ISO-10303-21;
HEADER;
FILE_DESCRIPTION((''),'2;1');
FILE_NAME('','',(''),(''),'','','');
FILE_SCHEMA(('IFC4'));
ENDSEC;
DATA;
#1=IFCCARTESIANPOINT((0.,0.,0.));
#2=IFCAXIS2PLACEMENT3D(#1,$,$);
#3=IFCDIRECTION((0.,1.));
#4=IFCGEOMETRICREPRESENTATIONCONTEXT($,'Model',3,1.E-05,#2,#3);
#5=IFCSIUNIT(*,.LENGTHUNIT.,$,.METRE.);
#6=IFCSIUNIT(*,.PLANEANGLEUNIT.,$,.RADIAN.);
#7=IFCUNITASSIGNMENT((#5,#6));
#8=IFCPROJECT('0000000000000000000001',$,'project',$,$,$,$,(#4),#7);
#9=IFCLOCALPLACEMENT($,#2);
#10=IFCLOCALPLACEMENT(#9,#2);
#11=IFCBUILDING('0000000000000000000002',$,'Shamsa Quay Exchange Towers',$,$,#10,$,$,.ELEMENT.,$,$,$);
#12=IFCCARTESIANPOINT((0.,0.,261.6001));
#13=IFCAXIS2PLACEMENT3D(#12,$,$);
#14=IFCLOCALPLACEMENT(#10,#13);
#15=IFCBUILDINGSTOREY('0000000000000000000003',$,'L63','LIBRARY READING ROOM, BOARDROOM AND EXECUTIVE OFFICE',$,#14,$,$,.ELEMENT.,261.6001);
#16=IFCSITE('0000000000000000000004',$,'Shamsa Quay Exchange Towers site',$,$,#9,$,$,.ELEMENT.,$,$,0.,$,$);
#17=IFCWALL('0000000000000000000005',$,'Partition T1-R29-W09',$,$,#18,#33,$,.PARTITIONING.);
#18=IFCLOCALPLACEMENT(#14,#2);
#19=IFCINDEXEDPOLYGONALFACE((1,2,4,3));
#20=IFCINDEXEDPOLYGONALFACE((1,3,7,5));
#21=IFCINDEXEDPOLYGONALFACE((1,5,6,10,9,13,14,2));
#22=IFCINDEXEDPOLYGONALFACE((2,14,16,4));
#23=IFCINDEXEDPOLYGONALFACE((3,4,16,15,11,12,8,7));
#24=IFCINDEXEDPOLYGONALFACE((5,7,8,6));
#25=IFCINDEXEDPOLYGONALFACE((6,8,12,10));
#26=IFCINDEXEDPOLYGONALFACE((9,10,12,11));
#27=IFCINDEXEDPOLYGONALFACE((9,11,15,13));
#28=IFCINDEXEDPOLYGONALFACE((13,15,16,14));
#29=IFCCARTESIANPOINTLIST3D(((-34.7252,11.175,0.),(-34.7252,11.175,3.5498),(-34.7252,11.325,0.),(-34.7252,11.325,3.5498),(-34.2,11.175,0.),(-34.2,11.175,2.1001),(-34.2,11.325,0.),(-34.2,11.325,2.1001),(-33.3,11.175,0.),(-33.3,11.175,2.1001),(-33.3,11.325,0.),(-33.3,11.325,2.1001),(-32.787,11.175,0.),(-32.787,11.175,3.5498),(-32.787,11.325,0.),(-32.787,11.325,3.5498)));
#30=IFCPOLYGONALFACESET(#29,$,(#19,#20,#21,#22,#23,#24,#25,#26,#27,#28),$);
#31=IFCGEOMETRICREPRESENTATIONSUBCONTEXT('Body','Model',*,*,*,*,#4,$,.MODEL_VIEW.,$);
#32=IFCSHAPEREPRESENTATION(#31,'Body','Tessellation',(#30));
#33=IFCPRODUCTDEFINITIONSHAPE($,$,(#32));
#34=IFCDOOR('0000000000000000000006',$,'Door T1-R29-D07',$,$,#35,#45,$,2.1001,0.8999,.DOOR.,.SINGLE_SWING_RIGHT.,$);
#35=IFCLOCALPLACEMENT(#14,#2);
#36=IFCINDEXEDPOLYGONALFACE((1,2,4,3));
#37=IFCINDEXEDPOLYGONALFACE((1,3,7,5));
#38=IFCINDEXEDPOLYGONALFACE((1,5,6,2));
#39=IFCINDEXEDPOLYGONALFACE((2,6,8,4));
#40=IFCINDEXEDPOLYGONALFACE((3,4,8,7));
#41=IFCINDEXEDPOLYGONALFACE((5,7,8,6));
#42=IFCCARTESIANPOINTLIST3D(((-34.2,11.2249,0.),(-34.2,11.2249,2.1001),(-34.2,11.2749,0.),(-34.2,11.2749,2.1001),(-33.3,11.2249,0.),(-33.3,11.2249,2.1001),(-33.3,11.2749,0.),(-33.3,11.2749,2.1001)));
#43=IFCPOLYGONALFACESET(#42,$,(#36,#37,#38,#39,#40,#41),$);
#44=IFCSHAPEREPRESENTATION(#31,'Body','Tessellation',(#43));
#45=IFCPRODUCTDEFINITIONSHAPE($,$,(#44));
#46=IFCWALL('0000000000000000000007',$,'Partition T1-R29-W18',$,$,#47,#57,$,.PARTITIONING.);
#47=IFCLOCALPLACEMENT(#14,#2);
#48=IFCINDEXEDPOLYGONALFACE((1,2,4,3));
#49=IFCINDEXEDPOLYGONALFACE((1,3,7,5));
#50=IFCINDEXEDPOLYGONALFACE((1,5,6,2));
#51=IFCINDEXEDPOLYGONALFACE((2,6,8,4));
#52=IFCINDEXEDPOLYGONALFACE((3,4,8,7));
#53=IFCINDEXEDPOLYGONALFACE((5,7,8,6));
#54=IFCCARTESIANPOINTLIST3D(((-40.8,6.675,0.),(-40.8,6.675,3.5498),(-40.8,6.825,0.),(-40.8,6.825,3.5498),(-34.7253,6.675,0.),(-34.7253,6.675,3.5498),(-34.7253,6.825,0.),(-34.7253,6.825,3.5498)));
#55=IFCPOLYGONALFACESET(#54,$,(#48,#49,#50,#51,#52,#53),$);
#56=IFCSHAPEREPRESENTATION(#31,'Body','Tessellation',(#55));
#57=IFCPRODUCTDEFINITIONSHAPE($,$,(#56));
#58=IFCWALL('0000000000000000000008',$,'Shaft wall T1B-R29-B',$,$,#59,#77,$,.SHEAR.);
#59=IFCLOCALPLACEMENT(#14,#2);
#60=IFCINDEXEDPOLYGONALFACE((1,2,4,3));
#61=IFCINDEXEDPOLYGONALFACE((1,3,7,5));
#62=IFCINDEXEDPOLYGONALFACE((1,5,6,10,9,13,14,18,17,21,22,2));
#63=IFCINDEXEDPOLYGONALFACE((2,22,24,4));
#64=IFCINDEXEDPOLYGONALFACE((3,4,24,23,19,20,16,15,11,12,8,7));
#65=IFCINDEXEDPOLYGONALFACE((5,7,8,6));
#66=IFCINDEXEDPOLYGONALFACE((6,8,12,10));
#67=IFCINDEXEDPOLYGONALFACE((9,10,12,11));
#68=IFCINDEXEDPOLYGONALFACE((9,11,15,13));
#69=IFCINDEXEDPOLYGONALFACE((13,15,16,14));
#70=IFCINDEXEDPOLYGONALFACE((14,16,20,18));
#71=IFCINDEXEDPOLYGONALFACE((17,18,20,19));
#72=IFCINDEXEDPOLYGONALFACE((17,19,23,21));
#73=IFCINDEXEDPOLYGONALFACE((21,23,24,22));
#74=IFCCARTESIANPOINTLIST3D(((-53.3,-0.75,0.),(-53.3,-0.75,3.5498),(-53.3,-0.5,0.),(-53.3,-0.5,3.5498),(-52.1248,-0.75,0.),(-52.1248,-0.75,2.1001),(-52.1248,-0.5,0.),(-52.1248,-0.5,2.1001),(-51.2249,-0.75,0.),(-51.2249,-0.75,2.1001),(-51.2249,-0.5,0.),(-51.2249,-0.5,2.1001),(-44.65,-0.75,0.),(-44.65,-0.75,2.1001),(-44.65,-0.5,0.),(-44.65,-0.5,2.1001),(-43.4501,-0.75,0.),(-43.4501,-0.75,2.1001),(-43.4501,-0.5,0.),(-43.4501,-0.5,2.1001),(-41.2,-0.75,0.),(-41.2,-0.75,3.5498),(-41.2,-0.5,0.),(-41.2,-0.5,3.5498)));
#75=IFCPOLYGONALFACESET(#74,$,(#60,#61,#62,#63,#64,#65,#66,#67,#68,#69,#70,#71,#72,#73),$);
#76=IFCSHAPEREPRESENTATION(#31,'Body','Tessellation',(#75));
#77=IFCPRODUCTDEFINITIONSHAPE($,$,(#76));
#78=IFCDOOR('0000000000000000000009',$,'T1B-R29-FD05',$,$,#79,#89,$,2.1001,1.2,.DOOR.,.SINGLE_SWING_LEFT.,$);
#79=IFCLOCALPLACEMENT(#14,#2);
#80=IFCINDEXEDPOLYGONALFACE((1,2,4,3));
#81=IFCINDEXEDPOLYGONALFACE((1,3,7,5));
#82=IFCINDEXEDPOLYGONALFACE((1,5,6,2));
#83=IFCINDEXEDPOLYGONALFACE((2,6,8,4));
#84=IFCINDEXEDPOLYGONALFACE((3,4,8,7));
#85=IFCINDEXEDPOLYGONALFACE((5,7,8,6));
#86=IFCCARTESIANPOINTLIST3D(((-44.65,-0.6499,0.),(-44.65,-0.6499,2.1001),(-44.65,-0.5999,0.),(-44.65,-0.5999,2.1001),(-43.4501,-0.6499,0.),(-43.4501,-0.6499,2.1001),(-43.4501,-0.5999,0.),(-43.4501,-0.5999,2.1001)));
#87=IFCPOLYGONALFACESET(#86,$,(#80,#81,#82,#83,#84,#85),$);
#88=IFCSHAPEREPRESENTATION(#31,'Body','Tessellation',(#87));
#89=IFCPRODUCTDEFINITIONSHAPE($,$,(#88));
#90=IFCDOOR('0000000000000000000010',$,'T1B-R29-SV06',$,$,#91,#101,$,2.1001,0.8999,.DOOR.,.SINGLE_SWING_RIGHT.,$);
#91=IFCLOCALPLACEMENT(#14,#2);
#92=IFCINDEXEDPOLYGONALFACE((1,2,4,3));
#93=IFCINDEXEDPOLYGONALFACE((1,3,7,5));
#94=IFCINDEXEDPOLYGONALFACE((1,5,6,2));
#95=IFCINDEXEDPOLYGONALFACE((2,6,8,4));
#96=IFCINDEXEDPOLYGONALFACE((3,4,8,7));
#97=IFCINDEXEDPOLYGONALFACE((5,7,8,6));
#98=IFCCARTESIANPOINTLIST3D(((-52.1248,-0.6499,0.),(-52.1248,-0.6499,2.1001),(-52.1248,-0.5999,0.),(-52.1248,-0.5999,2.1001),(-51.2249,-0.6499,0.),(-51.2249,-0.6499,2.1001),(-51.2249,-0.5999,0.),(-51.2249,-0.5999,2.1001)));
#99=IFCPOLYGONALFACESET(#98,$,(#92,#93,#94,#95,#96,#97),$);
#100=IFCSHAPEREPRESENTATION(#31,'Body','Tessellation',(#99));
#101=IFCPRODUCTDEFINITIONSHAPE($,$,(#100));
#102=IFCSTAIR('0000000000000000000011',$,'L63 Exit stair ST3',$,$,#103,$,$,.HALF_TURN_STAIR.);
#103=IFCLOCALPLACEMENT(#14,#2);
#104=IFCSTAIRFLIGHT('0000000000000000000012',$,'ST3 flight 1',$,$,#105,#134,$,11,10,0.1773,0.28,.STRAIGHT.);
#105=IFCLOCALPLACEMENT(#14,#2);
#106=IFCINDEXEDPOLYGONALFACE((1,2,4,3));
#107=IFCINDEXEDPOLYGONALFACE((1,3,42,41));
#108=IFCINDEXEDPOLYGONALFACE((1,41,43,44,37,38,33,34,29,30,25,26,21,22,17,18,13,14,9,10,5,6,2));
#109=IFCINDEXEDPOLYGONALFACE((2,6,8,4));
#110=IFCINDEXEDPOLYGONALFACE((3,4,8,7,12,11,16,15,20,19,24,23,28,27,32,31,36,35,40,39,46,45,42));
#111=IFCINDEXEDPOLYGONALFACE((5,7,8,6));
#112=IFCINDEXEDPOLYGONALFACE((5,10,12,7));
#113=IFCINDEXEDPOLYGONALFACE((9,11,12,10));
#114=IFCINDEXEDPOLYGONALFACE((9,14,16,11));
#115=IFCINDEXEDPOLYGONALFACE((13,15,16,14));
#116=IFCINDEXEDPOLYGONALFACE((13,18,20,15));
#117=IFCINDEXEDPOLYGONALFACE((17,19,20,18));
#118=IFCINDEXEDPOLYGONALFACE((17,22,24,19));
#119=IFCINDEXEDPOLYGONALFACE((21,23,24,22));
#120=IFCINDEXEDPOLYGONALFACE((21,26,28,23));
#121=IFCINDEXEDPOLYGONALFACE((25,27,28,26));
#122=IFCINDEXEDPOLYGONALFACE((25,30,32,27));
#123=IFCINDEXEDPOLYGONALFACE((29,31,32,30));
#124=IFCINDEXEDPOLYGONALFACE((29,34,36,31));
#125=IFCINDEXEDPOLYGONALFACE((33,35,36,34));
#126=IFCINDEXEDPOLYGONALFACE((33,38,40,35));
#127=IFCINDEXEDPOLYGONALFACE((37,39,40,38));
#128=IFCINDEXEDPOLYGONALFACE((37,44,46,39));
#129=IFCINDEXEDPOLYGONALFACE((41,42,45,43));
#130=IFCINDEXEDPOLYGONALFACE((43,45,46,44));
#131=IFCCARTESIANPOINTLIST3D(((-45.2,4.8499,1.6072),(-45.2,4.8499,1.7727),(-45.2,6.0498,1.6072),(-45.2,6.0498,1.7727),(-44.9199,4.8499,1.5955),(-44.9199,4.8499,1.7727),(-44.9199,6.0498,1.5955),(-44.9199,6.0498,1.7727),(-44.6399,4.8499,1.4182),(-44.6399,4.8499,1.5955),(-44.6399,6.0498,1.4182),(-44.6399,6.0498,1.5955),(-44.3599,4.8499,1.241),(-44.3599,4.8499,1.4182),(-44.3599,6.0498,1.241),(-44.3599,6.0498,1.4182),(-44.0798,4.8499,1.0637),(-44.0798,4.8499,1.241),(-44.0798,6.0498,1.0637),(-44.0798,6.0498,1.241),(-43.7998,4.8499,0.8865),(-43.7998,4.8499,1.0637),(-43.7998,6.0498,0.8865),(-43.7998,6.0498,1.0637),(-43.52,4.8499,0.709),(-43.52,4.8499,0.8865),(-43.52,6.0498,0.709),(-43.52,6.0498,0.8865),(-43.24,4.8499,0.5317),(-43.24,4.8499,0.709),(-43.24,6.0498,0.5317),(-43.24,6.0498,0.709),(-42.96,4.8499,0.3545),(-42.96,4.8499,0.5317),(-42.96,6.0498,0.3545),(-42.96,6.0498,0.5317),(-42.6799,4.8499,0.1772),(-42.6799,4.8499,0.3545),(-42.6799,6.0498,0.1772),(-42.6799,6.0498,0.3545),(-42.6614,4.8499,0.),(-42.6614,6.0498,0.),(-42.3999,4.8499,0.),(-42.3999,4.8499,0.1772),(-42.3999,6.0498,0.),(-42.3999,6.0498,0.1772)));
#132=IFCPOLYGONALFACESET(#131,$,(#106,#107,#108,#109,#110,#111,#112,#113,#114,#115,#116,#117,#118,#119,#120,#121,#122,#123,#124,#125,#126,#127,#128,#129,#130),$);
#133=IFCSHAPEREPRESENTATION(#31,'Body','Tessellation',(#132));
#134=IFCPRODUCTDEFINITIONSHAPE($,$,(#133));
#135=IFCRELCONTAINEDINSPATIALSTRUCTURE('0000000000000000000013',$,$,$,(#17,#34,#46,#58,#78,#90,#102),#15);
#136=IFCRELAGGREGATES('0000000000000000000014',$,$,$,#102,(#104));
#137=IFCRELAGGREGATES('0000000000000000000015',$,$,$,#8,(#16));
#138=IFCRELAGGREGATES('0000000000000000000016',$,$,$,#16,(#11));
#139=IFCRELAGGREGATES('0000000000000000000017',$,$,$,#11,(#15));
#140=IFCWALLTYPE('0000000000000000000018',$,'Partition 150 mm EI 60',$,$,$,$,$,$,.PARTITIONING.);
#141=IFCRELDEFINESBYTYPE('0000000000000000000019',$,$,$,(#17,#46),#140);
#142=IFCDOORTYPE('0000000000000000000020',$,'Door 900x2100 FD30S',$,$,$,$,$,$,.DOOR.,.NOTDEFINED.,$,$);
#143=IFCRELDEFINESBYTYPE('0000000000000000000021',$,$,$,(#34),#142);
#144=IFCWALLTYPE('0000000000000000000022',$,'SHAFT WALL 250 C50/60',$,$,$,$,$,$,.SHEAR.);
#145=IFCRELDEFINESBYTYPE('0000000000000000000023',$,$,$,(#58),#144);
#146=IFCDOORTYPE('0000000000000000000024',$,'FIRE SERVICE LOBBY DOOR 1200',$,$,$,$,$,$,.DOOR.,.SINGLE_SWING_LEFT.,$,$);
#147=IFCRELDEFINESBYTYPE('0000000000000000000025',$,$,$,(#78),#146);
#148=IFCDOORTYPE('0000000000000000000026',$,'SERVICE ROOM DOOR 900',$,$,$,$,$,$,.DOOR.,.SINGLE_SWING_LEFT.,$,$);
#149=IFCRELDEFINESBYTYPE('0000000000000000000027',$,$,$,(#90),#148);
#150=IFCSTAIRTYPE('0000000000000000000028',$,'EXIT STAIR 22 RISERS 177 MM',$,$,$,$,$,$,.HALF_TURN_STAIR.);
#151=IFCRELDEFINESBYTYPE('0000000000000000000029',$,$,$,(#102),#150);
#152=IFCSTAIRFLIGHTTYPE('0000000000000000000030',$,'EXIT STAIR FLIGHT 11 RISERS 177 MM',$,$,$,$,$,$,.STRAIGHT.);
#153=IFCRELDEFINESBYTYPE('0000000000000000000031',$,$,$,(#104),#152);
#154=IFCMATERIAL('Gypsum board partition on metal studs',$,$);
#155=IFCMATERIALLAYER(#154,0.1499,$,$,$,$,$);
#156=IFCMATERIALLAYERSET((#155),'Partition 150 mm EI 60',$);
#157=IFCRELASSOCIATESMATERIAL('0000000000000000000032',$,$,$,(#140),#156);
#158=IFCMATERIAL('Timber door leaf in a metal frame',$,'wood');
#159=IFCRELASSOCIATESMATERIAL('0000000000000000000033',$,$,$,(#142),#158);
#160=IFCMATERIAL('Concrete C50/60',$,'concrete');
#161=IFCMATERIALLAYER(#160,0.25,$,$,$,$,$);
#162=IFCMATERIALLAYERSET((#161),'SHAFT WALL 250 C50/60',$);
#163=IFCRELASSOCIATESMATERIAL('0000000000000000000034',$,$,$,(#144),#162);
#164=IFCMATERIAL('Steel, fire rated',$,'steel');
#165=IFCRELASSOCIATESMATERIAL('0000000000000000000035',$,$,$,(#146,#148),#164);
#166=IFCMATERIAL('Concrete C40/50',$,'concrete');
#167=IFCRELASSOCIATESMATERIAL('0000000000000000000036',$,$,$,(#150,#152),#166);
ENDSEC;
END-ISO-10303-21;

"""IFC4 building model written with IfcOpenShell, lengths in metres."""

from ifc_helpers import new_model, si_unit, direction, frame, frame_2d, origin, place, context, subcontext, project, spatial, polyline, rectangle, outline, extrude, material, layer, layer_set, type_object, element, fill, aggregate, save


model = new_model("IFC4")

# Units and contexts
model_context = context("Model", 3, precision=1e-05, world=origin(), true_north=direction((0.0, 1.0)))
body_context = subcontext(model_context, "Body", "Model", "MODEL_VIEW")
ifc_project = project(units=[si_unit("LENGTHUNIT", "METRE"), si_unit("PLANEANGLEUNIT", "RADIAN")], contexts=[model_context])

# Site, building, storey
site_placement = place(None, origin())
site = spatial("IfcSite", under=ifc_project, at=site_placement, Name="Shamsa Quay Exchange Towers site", CompositionType="ELEMENT", RefElevation=0.0)
building_placement = place(site_placement, origin())
building = spatial("IfcBuilding", under=site, at=building_placement, Name="Shamsa Quay Exchange Towers", CompositionType="ELEMENT")
storey_placement = place(building_placement, frame((0.0, 0.0, 261.6001)))
storey = spatial("IfcBuildingStorey", under=building, at=storey_placement, Name="L63", Description="LIBRARY READING ROOM, BOARDROOM AND EXECUTIVE OFFICE", CompositionType="ELEMENT", Elevation=261.6001)

# Wall, opening, door
ifc_material_1 = material(Name="Gypsum board partition on metal studs")
ifc_layer_1 = layer(ifc_material_1, 0.1499)
ifc_layer_set_1 = layer_set([ifc_layer_1], Name="Partition 150 mm EI 60")
wall_type_1 = type_object("IfcWallType", Name="Partition 150 mm EI 60", PredefinedType="PARTITIONING", material=ifc_layer_set_1)
ifc_material_2 = material(Name="Timber door leaf in a metal frame", Category="wood")
door_type_1 = type_object("IfcDoorType", Name="Door 900x2100 FD30S", OperationType="NOTDEFINED", PredefinedType="DOOR", material=ifc_material_2)
wall_1_placement = place(storey_placement, frame((-34.7253, 11.25, 0.0)))
wall_1 = element("IfcWall", 1, at=wall_1_placement, inside=storey, type_object=wall_type_1, Name="Partition T1-R29-W09", PredefinedType="PARTITIONING", context=body_context, shape_type="SweptSolid", body=[
    extrude(rectangle(XDim=1.9382, YDim=0.1499, at=frame_2d((0.9692, 0.0))), origin(), (0.0, 0.0, 1.0), 3.5498),
])
opening_1_placement = place(wall_1_placement, frame((0.5254, 0.0, 0.0)))
opening_1 = element("IfcOpeningElement", 2, at=opening_1_placement, cuts=wall_1, PredefinedType="OPENING", context=body_context, shape_type="SweptSolid", body=[
    extrude(rectangle(XDim=0.8999, YDim=2.1001, at=frame_2d((0.45, 1.05))), frame((0.0, 0.085, 0.0), z_axis=(0.0, -1.0, 0.0), x_axis=(1.0, 0.0, 0.0)), (0.0, 0.0, 1.0), 0.1699),
])
door_1_placement = place(opening_1_placement, origin())
door_1 = element("IfcDoor", 3, at=door_1_placement, inside=storey, type_object=door_type_1, Name="Door T1-R29-D07", OperationType="SINGLE_SWING_RIGHT", OverallHeight=2.1001, OverallWidth=0.8999, PredefinedType="DOOR", context=body_context, shape_type="SweptSolid", body=[
    extrude(rectangle(XDim=0.8999, YDim=2.1001, at=frame_2d((0.45, 1.05))), frame((0.0, 0.0249, 0.0), z_axis=(0.0, -1.0, 0.0), x_axis=(1.0, 0.0, 0.0)), (0.0, 0.0, 1.0), 0.05),
])
fill(opening_1, door_1)

# Wall
wall_2_placement = place(storey_placement, frame((-34.7253, 6.75, 0.0), z_axis=(0.0, 0.0, 1.0), x_axis=(-1.0, 0.0, 0.0)))
element("IfcWall", 4, at=wall_2_placement, inside=storey, type_object=wall_type_1, Name="Partition T1-R29-W18", PredefinedType="PARTITIONING", context=body_context, shape_type="SweptSolid", body=[
    extrude(rectangle(XDim=6.0747, YDim=0.1499, at=frame_2d((3.0374, 0.0))), origin(), (0.0, 0.0, 1.0), 3.5498),
])

# Wall, openings, doors
ifc_material_3 = material(Name="Concrete C50/60", Category="concrete")
ifc_layer_2 = layer(ifc_material_3, 0.25)
ifc_layer_set_2 = layer_set([ifc_layer_2], Name="SHAFT WALL 250 C50/60")
wall_type_2 = type_object("IfcWallType", Name="SHAFT WALL 250 C50/60", PredefinedType="SHEAR", material=ifc_layer_set_2)
wall_3_placement = place(storey_placement, frame((-41.2, -0.625, 0.0), z_axis=(0.0, 0.0, 1.0), x_axis=(-1.0, 0.0, 0.0)))
wall_3 = element("IfcWall", 5, at=wall_3_placement, inside=storey, type_object=wall_type_2, Name="Shaft wall T1B-R29-B", PredefinedType="SHEAR", context=body_context, shape_type="SweptSolid", body=[
    extrude(rectangle(XDim=12.1001, YDim=0.25, at=frame_2d((6.05, 0.0))), origin(), (0.0, 0.0, 1.0), 3.5498),
])
opening_2_placement = place(wall_3_placement, frame((2.25, 0.0, 0.0)))
opening_2 = element("IfcOpeningElement", 6, at=opening_2_placement, cuts=wall_3, PredefinedType="OPENING", context=body_context, shape_type="SweptSolid", body=[
    extrude(rectangle(XDim=1.2, YDim=2.1001, at=frame_2d((0.6001, 1.05))), frame((0.0, 0.135, 0.0), z_axis=(0.0, -1.0, 0.0), x_axis=(1.0, 0.0, 0.0)), (0.0, 0.0, 1.0), 0.27),
])
opening_3_placement = place(wall_3_placement, frame((10.0249, 0.0, 0.0)))
opening_3 = element("IfcOpeningElement", 7, at=opening_3_placement, cuts=wall_3, PredefinedType="OPENING", context=body_context, shape_type="SweptSolid", body=[
    extrude(rectangle(XDim=0.8999, YDim=2.1001, at=frame_2d((0.45, 1.05))), frame((0.0, 0.135, 0.0), z_axis=(0.0, -1.0, 0.0), x_axis=(1.0, 0.0, 0.0)), (0.0, 0.0, 1.0), 0.27),
])
ifc_material_4 = material(Name="Steel, fire rated", Category="steel")
door_type_2 = type_object("IfcDoorType", Name="FIRE SERVICE LOBBY DOOR 1200", OperationType="SINGLE_SWING_LEFT", PredefinedType="DOOR", material=ifc_material_4)
door_2_placement = place(opening_2_placement, origin())
door_2 = element("IfcDoor", 8, at=door_2_placement, inside=storey, type_object=door_type_2, Name="T1B-R29-FD05", OperationType="SINGLE_SWING_LEFT", OverallHeight=2.1001, OverallWidth=1.2, PredefinedType="DOOR", context=body_context, shape_type="SweptSolid", body=[
    extrude(rectangle(XDim=1.2, YDim=2.1001, at=frame_2d((0.6001, 1.05))), frame((0.0, 0.0249, 0.0), z_axis=(0.0, -1.0, 0.0), x_axis=(1.0, 0.0, 0.0)), (0.0, 0.0, 1.0), 0.05),
])
fill(opening_2, door_2)
door_type_3 = type_object("IfcDoorType", Name="SERVICE ROOM DOOR 900", OperationType="SINGLE_SWING_LEFT", PredefinedType="DOOR", material=ifc_material_4)
door_3_placement = place(opening_3_placement, origin())
door_3 = element("IfcDoor", 9, at=door_3_placement, inside=storey, type_object=door_type_3, Name="T1B-R29-SV06", OperationType="SINGLE_SWING_RIGHT", OverallHeight=2.1001, OverallWidth=0.8999, PredefinedType="DOOR", context=body_context, shape_type="SweptSolid", body=[
    extrude(rectangle(XDim=0.8999, YDim=2.1001, at=frame_2d((0.45, 1.05))), frame((0.0, 0.0249, 0.0), z_axis=(0.0, -1.0, 0.0), x_axis=(1.0, 0.0, 0.0)), (0.0, 0.0, 1.0), 0.05),
])
fill(opening_3, door_3)

# Stair, stair flight
ifc_material_5 = material(Name="Concrete C40/50", Category="concrete")
stair_type = type_object("IfcStairType", Name="EXIT STAIR 22 RISERS 177 MM", PredefinedType="HALF_TURN_STAIR", material=ifc_material_5)
stair_placement = place(storey_placement, origin())
stair = element("IfcStair", 10, at=stair_placement, inside=storey, type_object=stair_type, Name="L63 Exit stair ST3", PredefinedType="HALF_TURN_STAIR")
stair_flight_type = type_object("IfcStairFlightType", Name="EXIT STAIR FLIGHT 11 RISERS 177 MM", PredefinedType="STRAIGHT", material=ifc_material_5)
stair_flight_placement = place(storey_placement, frame((-42.3999, 5.45, 0.0), z_axis=(0.0, 0.0, 1.0), x_axis=(-1.0, 0.0, 0.0)))
stair_flight = element("IfcStairFlight", 11, at=stair_flight_placement, type_object=stair_flight_type, Name="ST3 flight 1", NumberOfRisers=11, NumberOfTreads=10, PredefinedType="STRAIGHT", RiserHeight=0.1773, TreadLength=0.28, context=body_context, shape_type="SweptSolid", body=[
    extrude(outline(polyline([(0.0, 0.0), (0.0, 0.1772), (0.28, 0.1772), (0.28, 0.3545), (0.5601, 0.3545), (0.5601, 0.5317), (0.8401, 0.5317), (0.8401, 0.709), (1.1201, 0.709), (1.1201, 0.8865), (1.3999, 0.8865), (1.3999, 1.0637), (1.6799, 1.0637), (1.6799, 1.241), (1.96, 1.241), (1.96, 1.4182), (2.24, 1.4182), (2.24, 1.5955), (2.52, 1.5955), (2.52, 1.7727), (2.8, 1.7727), (2.8, 1.95), (2.8, 1.6072), (0.2615, 0.0), (0.0, 0.0)])), frame((0.0, 0.6001, 0.0), z_axis=(0.0, -1.0, 0.0), x_axis=(1.0, 0.0, 0.0)), (0.0, 0.0, 1.0), 1.2),
])
aggregate(stair, [stair_flight])

save(model, "model.ifc")
